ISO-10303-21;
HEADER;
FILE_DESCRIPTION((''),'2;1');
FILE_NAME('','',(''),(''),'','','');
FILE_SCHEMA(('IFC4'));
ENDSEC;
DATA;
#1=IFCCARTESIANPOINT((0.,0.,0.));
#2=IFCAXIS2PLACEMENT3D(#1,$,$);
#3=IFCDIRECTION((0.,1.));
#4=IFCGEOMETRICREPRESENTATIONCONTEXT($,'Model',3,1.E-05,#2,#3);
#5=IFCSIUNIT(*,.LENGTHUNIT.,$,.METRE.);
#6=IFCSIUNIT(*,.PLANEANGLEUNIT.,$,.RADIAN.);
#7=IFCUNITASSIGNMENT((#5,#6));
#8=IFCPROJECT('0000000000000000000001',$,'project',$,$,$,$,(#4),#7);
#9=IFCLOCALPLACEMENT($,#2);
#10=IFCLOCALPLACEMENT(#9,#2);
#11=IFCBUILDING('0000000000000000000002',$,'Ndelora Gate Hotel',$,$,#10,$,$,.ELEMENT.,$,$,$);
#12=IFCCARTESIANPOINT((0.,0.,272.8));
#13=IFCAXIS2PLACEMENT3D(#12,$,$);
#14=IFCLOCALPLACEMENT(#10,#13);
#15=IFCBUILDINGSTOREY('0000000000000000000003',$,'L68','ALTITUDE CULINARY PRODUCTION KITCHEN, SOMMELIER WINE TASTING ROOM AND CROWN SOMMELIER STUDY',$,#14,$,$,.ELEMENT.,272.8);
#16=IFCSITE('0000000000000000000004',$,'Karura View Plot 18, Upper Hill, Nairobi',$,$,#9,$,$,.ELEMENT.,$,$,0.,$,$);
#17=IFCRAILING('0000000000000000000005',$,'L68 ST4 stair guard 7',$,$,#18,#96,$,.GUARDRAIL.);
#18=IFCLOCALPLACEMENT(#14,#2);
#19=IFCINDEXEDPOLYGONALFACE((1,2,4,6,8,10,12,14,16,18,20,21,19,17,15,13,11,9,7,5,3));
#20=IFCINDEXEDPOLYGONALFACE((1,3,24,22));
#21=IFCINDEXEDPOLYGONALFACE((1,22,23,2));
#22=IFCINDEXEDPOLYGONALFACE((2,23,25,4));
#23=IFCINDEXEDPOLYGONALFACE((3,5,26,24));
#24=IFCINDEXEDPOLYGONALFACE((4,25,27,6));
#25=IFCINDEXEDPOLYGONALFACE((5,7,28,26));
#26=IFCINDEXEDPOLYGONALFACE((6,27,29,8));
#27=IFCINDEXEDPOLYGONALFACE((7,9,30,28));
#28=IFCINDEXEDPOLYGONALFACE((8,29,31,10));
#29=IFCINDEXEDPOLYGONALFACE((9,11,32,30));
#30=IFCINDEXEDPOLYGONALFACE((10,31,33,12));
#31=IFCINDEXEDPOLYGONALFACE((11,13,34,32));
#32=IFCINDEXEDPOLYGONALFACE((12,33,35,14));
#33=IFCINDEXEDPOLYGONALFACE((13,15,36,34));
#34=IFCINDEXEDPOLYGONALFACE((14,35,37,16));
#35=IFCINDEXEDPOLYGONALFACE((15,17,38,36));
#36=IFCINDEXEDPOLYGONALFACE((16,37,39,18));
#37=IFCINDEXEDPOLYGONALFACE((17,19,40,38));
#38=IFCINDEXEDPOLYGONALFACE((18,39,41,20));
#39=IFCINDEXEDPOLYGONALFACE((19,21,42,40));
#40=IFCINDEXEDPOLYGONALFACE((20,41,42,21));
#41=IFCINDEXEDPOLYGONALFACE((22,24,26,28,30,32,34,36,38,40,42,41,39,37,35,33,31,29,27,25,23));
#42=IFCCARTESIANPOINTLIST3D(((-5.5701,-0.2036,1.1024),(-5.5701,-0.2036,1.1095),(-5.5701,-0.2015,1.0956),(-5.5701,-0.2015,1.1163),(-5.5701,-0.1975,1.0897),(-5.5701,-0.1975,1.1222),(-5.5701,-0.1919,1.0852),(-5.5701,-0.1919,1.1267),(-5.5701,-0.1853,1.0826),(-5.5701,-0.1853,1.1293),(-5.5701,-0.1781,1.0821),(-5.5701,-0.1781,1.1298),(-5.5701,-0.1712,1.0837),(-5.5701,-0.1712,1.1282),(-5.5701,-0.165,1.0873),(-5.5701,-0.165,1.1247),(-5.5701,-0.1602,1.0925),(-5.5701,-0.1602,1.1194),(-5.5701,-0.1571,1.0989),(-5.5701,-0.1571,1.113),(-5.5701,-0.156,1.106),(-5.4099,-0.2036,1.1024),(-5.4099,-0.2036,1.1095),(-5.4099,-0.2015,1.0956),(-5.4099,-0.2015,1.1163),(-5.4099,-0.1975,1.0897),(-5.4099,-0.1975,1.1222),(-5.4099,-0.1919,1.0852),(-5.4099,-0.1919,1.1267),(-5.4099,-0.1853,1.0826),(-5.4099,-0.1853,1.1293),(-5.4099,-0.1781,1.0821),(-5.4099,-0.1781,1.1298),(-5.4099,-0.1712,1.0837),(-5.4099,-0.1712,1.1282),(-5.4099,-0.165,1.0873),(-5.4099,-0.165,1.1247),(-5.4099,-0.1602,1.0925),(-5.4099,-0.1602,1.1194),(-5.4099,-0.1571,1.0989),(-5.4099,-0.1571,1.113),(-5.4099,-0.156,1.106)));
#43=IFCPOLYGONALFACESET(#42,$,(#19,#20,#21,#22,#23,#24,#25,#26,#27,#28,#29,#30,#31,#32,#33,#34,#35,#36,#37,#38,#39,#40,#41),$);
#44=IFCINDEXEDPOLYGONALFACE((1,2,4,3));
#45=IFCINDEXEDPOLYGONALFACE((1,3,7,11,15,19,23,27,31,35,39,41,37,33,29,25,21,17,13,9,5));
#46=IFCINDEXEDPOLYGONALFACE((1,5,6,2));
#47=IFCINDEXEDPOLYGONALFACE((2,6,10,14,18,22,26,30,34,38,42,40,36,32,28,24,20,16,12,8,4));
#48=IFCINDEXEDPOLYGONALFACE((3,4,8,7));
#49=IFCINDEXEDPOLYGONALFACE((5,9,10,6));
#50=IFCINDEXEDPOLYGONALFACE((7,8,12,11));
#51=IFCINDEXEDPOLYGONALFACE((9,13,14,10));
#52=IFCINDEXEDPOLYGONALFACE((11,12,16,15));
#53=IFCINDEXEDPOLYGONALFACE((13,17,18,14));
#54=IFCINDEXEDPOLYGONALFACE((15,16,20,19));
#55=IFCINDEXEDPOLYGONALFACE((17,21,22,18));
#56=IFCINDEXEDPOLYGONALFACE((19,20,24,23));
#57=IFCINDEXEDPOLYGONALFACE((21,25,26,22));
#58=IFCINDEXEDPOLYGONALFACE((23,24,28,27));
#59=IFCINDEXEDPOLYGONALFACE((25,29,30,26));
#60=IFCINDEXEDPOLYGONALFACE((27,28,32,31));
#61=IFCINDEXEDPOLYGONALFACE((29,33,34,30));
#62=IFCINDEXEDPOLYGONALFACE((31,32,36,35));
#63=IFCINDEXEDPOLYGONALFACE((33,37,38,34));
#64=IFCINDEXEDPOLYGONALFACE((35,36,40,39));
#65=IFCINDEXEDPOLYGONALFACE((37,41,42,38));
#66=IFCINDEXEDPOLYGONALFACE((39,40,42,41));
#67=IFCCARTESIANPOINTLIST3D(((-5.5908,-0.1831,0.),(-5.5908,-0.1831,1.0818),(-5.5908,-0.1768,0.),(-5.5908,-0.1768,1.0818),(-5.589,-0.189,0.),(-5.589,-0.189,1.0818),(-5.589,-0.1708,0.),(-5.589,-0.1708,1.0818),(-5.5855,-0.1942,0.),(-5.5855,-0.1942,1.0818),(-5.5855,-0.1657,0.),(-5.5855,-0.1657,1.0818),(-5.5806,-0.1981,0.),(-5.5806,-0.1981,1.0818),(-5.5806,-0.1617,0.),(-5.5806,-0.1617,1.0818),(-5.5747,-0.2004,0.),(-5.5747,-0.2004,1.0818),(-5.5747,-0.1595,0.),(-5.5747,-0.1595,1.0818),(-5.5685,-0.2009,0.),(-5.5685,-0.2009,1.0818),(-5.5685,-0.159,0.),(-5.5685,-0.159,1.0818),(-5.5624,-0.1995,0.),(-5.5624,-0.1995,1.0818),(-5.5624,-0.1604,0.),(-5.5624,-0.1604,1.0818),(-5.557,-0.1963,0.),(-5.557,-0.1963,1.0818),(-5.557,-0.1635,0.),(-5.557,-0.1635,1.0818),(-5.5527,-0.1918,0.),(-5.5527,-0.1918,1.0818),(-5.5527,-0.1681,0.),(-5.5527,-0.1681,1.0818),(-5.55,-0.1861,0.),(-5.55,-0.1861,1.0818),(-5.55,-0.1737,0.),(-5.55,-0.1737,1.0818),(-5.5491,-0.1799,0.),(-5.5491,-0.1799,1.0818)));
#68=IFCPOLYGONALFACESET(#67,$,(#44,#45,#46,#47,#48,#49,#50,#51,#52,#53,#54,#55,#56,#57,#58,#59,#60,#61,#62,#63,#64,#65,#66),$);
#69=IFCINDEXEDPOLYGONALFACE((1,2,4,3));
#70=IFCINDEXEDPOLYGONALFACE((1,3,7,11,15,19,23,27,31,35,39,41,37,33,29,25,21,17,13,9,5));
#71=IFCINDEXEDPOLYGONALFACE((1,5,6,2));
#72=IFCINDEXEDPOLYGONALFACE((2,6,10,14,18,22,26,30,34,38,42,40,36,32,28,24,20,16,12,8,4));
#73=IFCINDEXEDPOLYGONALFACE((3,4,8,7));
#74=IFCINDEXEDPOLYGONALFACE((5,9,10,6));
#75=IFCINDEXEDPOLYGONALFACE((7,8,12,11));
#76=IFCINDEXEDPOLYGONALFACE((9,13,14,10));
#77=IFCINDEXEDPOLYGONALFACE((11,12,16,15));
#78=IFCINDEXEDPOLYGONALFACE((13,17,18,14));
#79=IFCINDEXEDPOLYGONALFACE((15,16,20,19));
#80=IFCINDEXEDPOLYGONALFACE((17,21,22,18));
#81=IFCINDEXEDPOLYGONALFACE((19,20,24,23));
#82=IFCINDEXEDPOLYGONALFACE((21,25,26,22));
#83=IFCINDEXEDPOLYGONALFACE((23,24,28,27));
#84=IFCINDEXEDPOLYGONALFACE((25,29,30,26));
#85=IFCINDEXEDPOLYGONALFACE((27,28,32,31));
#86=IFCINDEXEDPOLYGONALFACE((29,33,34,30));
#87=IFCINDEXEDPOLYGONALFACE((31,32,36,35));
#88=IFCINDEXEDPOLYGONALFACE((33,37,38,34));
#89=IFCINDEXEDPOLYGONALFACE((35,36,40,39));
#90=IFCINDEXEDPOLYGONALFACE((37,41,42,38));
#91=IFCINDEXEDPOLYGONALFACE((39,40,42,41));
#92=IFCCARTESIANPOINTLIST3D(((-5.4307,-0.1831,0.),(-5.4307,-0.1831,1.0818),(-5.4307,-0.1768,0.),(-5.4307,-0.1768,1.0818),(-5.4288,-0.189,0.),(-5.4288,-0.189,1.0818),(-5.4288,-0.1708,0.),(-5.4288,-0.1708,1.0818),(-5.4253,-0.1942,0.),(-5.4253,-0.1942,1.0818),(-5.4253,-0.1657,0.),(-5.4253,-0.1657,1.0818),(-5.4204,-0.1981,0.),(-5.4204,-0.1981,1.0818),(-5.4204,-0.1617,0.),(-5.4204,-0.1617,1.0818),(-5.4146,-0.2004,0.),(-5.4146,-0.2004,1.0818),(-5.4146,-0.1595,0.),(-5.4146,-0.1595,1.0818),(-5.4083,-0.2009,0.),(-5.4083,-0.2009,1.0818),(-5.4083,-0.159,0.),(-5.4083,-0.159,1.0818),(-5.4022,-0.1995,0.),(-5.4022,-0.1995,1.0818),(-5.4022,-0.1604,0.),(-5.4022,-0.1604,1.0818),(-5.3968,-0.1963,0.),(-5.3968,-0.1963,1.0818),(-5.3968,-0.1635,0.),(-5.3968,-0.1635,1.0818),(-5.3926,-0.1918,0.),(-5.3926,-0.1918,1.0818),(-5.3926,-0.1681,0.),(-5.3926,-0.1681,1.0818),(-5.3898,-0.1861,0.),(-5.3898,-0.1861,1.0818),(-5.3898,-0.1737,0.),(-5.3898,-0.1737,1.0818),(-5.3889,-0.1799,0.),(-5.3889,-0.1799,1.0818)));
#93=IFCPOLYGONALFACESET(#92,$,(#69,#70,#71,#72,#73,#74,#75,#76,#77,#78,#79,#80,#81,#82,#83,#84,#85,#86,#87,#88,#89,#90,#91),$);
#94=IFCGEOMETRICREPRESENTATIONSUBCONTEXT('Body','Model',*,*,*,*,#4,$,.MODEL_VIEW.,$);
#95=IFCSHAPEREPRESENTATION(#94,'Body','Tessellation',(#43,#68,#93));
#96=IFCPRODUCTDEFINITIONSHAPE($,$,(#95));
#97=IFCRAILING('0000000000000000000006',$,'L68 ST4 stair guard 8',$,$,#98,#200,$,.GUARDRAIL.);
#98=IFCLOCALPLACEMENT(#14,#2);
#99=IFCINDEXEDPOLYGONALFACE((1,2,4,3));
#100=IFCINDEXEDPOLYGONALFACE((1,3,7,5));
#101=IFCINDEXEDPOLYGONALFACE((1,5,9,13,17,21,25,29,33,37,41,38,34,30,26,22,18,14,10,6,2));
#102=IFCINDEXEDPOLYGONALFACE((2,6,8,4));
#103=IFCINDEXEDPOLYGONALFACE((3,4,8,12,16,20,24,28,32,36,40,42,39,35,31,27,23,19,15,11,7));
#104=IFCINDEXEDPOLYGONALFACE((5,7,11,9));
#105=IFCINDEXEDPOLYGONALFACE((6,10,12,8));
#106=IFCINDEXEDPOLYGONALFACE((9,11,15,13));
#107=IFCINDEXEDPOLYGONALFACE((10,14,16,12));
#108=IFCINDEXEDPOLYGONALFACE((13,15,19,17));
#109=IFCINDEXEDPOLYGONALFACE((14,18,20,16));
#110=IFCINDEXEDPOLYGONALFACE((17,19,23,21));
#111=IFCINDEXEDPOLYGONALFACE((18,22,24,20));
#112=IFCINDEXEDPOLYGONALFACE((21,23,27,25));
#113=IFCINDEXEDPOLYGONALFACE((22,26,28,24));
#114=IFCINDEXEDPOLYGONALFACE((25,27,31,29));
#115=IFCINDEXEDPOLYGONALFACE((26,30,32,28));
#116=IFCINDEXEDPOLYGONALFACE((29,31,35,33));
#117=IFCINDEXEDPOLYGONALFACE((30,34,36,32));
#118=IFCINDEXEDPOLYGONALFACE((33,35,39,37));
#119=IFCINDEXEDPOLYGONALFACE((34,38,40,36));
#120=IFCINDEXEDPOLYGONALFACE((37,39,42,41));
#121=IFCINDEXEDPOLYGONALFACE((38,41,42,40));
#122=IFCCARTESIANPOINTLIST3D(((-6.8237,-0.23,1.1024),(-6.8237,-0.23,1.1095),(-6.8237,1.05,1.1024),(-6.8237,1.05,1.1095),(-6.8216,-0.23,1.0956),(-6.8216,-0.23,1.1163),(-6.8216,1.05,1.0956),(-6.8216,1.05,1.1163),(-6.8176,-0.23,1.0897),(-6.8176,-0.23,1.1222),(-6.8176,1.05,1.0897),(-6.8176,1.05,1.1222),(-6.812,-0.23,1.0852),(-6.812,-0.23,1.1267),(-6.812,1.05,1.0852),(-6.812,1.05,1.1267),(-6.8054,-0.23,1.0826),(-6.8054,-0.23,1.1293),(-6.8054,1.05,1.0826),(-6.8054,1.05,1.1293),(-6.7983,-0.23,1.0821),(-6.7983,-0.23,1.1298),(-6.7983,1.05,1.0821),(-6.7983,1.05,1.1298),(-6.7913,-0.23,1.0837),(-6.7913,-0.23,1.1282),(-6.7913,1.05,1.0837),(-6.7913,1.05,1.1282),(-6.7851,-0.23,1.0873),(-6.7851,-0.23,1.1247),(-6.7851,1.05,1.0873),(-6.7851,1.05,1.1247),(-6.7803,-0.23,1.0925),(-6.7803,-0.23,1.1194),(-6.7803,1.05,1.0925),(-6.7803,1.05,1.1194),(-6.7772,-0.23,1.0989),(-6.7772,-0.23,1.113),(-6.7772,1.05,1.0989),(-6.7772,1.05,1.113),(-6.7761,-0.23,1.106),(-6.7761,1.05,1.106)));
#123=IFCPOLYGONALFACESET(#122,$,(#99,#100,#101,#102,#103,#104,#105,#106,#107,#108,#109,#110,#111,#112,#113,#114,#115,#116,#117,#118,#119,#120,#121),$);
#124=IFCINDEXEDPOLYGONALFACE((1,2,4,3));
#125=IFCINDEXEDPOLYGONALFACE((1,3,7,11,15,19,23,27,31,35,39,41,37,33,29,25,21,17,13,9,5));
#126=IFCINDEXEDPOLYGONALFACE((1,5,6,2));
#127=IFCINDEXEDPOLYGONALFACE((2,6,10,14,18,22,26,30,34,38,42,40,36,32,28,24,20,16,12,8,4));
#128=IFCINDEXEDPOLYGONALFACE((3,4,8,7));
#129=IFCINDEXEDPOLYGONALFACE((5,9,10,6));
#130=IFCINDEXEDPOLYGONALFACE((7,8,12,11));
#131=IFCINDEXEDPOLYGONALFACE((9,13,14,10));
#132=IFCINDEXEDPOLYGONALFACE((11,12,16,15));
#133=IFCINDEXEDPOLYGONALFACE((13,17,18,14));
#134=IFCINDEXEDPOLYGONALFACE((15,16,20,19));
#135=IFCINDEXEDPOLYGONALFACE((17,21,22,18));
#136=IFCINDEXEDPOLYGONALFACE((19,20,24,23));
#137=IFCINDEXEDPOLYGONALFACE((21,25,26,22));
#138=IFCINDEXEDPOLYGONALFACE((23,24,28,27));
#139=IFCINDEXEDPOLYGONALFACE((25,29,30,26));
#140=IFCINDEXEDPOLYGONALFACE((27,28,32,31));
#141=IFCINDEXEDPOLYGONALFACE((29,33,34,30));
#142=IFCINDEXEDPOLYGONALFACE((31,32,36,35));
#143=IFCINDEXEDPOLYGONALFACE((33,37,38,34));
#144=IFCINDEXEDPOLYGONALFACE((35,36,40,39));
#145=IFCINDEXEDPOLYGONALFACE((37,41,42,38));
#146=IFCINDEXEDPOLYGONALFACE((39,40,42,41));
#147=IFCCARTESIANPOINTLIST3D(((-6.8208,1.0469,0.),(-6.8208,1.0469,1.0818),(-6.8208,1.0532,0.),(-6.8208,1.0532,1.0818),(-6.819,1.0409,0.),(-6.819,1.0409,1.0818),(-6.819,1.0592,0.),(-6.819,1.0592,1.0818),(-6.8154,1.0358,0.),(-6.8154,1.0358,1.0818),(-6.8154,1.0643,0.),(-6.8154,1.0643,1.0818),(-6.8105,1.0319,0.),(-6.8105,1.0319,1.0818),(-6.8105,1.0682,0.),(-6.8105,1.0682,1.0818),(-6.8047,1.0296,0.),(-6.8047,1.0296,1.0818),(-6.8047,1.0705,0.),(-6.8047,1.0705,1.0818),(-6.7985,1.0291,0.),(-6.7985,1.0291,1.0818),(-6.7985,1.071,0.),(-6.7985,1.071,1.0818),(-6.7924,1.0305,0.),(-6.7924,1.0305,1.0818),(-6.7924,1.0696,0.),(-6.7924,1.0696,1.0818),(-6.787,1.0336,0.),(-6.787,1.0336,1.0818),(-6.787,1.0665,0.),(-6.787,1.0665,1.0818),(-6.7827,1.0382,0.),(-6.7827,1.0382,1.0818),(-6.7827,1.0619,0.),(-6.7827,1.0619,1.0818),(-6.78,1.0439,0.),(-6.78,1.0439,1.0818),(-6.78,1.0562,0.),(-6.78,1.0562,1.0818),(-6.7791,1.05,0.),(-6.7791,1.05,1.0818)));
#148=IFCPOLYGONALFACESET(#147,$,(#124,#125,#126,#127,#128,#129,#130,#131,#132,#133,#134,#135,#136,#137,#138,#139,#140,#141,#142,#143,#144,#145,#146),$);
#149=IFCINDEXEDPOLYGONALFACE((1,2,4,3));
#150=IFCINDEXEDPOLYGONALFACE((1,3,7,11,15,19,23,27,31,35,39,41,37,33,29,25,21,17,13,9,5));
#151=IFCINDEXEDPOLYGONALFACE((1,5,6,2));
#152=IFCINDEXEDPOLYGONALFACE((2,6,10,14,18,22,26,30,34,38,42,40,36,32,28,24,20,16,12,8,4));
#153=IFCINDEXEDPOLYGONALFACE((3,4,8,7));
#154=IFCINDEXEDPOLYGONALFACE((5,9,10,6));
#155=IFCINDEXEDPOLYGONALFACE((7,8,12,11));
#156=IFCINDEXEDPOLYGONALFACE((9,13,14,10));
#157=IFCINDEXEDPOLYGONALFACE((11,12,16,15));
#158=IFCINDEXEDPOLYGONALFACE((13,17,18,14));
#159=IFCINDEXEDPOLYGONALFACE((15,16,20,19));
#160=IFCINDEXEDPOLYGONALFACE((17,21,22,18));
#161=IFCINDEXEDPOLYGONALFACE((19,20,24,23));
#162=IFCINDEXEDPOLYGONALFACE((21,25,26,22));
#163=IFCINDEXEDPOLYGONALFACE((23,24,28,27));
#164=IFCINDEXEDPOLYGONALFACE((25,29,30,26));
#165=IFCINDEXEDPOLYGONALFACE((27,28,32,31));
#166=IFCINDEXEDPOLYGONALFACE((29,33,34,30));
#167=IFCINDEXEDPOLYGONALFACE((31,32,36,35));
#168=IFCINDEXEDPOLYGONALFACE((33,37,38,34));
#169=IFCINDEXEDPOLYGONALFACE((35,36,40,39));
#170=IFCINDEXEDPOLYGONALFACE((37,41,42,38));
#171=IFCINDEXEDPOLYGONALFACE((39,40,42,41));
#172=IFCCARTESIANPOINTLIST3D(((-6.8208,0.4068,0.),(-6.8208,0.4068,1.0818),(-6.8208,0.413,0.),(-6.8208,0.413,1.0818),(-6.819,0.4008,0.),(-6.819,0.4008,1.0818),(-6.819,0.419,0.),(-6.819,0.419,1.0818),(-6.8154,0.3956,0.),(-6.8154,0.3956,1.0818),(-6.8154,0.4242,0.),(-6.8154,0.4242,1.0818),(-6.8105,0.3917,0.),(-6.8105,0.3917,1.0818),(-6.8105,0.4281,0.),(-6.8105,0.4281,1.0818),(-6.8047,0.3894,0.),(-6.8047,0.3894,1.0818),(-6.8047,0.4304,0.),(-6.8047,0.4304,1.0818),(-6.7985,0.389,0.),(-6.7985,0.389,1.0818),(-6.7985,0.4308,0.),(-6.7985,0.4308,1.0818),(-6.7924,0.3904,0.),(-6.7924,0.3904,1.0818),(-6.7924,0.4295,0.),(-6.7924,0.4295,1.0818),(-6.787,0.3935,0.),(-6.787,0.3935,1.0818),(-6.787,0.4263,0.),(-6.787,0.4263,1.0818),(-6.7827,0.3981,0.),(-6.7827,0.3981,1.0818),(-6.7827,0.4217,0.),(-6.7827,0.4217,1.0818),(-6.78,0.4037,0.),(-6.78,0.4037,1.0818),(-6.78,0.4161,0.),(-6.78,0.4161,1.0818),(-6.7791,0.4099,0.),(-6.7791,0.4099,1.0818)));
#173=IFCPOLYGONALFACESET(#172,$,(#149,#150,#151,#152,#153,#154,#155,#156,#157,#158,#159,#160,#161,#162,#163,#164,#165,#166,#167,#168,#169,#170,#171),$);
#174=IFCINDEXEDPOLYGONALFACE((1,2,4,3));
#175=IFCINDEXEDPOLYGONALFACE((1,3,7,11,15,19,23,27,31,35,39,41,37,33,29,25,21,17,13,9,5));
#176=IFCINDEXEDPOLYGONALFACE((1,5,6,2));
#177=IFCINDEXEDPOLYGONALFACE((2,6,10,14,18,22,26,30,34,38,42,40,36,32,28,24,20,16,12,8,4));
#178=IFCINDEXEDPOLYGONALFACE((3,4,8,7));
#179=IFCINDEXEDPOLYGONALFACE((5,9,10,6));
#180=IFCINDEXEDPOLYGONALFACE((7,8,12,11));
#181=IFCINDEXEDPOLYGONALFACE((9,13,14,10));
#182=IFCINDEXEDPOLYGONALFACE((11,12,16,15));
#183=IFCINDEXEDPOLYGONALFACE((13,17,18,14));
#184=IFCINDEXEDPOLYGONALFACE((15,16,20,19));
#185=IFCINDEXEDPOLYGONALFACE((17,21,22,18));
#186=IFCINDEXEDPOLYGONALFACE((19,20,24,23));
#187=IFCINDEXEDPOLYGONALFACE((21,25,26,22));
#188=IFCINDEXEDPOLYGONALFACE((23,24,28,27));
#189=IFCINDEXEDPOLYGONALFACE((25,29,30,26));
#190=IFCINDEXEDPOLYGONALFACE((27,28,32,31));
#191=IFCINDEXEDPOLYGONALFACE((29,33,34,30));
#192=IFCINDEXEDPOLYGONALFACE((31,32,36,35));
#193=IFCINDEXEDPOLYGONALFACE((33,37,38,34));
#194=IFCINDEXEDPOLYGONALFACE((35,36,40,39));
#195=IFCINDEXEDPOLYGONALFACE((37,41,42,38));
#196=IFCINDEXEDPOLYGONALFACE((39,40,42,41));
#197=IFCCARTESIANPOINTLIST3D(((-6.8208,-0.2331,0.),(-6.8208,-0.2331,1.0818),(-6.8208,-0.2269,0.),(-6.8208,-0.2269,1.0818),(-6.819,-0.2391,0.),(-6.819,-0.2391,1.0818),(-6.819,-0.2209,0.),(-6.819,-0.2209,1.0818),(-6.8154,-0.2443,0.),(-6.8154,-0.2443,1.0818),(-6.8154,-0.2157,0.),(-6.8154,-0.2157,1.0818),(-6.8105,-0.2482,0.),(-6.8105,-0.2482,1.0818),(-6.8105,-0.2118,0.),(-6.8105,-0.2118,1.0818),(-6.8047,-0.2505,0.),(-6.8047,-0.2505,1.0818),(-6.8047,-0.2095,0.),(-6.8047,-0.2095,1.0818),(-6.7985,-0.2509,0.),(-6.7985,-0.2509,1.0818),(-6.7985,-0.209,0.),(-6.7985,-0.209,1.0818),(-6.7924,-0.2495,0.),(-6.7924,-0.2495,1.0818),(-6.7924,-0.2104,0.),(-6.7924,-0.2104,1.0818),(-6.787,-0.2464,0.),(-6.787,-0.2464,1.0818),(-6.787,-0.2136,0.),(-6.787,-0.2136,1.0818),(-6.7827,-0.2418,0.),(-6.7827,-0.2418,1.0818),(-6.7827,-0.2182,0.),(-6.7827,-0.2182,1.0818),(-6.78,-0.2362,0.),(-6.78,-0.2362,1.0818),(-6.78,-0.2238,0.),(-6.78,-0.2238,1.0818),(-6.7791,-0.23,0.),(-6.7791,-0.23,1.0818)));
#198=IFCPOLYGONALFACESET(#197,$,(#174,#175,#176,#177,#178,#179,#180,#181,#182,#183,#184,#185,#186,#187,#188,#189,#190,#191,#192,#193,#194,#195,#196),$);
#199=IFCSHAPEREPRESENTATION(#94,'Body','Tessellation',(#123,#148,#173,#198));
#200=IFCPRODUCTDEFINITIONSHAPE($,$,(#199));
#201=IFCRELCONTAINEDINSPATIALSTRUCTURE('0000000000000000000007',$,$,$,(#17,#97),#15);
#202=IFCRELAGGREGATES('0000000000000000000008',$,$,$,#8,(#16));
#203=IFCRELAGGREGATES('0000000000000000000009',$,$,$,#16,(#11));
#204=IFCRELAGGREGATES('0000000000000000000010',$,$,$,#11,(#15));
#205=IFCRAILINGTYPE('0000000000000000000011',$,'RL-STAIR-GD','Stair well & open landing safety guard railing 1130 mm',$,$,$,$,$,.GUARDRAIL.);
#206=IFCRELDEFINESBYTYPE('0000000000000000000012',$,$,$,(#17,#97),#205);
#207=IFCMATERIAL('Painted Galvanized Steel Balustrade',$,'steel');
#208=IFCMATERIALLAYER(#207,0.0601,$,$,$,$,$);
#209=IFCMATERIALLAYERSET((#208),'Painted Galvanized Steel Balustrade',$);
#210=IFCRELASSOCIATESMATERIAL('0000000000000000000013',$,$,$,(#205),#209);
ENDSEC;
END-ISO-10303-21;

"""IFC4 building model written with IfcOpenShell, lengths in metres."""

from ifc_helpers import new_model, si_unit, direction, frame, origin, origin_2d, place, context, subcontext, project, spatial, circle, extrude, material, layer, layer_set, type_object, element, save


model = new_model("IFC4")

# Units and contexts
model_context = context("Model", 3, precision=1e-05, world=origin(), true_north=direction((0.0, 1.0)))
body_context = subcontext(model_context, "Body", "Model", "MODEL_VIEW")
ifc_project = project(units=[si_unit("LENGTHUNIT", "METRE"), si_unit("PLANEANGLEUNIT", "RADIAN")], contexts=[model_context])

# Site, building, storey
site_placement = place(None, origin())
site = spatial("IfcSite", under=ifc_project, at=site_placement, Name="Karura View Plot 18, Upper Hill, Nairobi", CompositionType="ELEMENT", RefElevation=0.0)
building_placement = place(site_placement, origin())
building = spatial("IfcBuilding", under=site, at=building_placement, Name="Ndelora Gate Hotel", CompositionType="ELEMENT")
storey_placement = place(building_placement, frame((0.0, 0.0, 272.8)))
storey = spatial("IfcBuildingStorey", under=building, at=storey_placement, Name="L68", Description="ALTITUDE CULINARY PRODUCTION KITCHEN, SOMMELIER WINE TASTING ROOM AND CROWN SOMMELIER STUDY", CompositionType="ELEMENT", Elevation=272.8)

# Railings
ifc_material_1 = material(Name="Painted Galvanized Steel Balustrade", Category="steel")
ifc_layer_1 = layer(ifc_material_1, 0.0601)
ifc_layer_set_1 = layer_set([ifc_layer_1], Name="Painted Galvanized Steel Balustrade")
railing_type_1 = type_object("IfcRailingType", Name="RL-STAIR-GD", Description="Stair well & open landing safety guard railing 1130 mm", PredefinedType="GUARDRAIL", material=ifc_layer_set_1)
railing_1_placement = place(storey_placement, frame((-5.5701, -0.1799, 0.0)))
element("IfcRailing", 1, at=railing_1_placement, inside=storey, type_object=railing_type_1, Name="L68 ST4 stair guard 7", PredefinedType="GUARDRAIL", context=body_context, shape_type="SweptSolid", body=[
    extrude(circle(Radius=0.0239, at=origin_2d()), frame((0.0, 0.0, 1.106), z_axis=(1.0, 0.0, 0.0), x_axis=(0.0, 1.0, 0.0)), (0.0, 0.0, 1.0), 0.1602),
    extrude(circle(Radius=0.021, at=origin_2d()), origin(), (0.0, 0.0, 1.0), 1.0818),
    extrude(circle(Radius=0.021, at=origin_2d()), frame((0.1602, 0.0, 0.0)), (0.0, 0.0, 1.0), 1.0818),
])
for number, where, name in (
    (2, (-6.8, 1.05, 0.0), "L68 ST4 stair guard 8"),
):
    element("IfcRailing", number, at=place(storey_placement, frame(where)), inside=storey, type_object=railing_type_1, Name=name, PredefinedType="GUARDRAIL", context=body_context, shape_type="SweptSolid", body=[
        extrude(circle(Radius=0.0239, at=origin_2d()), frame((0.0, 0.0, 1.106), z_axis=(0.0, -1.0, 0.0), x_axis=(1.0, 0.0, 0.0)), (0.0, 0.0, 1.0), 1.28),
        extrude(circle(Radius=0.021, at=origin_2d()), origin(), (0.0, 0.0, 1.0), 1.0818),
        extrude(circle(Radius=0.021, at=origin_2d()), frame((0.0, -0.6401, 0.0)), (0.0, 0.0, 1.0), 1.0818),
        extrude(circle(Radius=0.021, at=origin_2d()), frame((0.0, -1.28, 0.0)), (0.0, 0.0, 1.0), 1.0818),
    ])

save(model, "model.ifc")
